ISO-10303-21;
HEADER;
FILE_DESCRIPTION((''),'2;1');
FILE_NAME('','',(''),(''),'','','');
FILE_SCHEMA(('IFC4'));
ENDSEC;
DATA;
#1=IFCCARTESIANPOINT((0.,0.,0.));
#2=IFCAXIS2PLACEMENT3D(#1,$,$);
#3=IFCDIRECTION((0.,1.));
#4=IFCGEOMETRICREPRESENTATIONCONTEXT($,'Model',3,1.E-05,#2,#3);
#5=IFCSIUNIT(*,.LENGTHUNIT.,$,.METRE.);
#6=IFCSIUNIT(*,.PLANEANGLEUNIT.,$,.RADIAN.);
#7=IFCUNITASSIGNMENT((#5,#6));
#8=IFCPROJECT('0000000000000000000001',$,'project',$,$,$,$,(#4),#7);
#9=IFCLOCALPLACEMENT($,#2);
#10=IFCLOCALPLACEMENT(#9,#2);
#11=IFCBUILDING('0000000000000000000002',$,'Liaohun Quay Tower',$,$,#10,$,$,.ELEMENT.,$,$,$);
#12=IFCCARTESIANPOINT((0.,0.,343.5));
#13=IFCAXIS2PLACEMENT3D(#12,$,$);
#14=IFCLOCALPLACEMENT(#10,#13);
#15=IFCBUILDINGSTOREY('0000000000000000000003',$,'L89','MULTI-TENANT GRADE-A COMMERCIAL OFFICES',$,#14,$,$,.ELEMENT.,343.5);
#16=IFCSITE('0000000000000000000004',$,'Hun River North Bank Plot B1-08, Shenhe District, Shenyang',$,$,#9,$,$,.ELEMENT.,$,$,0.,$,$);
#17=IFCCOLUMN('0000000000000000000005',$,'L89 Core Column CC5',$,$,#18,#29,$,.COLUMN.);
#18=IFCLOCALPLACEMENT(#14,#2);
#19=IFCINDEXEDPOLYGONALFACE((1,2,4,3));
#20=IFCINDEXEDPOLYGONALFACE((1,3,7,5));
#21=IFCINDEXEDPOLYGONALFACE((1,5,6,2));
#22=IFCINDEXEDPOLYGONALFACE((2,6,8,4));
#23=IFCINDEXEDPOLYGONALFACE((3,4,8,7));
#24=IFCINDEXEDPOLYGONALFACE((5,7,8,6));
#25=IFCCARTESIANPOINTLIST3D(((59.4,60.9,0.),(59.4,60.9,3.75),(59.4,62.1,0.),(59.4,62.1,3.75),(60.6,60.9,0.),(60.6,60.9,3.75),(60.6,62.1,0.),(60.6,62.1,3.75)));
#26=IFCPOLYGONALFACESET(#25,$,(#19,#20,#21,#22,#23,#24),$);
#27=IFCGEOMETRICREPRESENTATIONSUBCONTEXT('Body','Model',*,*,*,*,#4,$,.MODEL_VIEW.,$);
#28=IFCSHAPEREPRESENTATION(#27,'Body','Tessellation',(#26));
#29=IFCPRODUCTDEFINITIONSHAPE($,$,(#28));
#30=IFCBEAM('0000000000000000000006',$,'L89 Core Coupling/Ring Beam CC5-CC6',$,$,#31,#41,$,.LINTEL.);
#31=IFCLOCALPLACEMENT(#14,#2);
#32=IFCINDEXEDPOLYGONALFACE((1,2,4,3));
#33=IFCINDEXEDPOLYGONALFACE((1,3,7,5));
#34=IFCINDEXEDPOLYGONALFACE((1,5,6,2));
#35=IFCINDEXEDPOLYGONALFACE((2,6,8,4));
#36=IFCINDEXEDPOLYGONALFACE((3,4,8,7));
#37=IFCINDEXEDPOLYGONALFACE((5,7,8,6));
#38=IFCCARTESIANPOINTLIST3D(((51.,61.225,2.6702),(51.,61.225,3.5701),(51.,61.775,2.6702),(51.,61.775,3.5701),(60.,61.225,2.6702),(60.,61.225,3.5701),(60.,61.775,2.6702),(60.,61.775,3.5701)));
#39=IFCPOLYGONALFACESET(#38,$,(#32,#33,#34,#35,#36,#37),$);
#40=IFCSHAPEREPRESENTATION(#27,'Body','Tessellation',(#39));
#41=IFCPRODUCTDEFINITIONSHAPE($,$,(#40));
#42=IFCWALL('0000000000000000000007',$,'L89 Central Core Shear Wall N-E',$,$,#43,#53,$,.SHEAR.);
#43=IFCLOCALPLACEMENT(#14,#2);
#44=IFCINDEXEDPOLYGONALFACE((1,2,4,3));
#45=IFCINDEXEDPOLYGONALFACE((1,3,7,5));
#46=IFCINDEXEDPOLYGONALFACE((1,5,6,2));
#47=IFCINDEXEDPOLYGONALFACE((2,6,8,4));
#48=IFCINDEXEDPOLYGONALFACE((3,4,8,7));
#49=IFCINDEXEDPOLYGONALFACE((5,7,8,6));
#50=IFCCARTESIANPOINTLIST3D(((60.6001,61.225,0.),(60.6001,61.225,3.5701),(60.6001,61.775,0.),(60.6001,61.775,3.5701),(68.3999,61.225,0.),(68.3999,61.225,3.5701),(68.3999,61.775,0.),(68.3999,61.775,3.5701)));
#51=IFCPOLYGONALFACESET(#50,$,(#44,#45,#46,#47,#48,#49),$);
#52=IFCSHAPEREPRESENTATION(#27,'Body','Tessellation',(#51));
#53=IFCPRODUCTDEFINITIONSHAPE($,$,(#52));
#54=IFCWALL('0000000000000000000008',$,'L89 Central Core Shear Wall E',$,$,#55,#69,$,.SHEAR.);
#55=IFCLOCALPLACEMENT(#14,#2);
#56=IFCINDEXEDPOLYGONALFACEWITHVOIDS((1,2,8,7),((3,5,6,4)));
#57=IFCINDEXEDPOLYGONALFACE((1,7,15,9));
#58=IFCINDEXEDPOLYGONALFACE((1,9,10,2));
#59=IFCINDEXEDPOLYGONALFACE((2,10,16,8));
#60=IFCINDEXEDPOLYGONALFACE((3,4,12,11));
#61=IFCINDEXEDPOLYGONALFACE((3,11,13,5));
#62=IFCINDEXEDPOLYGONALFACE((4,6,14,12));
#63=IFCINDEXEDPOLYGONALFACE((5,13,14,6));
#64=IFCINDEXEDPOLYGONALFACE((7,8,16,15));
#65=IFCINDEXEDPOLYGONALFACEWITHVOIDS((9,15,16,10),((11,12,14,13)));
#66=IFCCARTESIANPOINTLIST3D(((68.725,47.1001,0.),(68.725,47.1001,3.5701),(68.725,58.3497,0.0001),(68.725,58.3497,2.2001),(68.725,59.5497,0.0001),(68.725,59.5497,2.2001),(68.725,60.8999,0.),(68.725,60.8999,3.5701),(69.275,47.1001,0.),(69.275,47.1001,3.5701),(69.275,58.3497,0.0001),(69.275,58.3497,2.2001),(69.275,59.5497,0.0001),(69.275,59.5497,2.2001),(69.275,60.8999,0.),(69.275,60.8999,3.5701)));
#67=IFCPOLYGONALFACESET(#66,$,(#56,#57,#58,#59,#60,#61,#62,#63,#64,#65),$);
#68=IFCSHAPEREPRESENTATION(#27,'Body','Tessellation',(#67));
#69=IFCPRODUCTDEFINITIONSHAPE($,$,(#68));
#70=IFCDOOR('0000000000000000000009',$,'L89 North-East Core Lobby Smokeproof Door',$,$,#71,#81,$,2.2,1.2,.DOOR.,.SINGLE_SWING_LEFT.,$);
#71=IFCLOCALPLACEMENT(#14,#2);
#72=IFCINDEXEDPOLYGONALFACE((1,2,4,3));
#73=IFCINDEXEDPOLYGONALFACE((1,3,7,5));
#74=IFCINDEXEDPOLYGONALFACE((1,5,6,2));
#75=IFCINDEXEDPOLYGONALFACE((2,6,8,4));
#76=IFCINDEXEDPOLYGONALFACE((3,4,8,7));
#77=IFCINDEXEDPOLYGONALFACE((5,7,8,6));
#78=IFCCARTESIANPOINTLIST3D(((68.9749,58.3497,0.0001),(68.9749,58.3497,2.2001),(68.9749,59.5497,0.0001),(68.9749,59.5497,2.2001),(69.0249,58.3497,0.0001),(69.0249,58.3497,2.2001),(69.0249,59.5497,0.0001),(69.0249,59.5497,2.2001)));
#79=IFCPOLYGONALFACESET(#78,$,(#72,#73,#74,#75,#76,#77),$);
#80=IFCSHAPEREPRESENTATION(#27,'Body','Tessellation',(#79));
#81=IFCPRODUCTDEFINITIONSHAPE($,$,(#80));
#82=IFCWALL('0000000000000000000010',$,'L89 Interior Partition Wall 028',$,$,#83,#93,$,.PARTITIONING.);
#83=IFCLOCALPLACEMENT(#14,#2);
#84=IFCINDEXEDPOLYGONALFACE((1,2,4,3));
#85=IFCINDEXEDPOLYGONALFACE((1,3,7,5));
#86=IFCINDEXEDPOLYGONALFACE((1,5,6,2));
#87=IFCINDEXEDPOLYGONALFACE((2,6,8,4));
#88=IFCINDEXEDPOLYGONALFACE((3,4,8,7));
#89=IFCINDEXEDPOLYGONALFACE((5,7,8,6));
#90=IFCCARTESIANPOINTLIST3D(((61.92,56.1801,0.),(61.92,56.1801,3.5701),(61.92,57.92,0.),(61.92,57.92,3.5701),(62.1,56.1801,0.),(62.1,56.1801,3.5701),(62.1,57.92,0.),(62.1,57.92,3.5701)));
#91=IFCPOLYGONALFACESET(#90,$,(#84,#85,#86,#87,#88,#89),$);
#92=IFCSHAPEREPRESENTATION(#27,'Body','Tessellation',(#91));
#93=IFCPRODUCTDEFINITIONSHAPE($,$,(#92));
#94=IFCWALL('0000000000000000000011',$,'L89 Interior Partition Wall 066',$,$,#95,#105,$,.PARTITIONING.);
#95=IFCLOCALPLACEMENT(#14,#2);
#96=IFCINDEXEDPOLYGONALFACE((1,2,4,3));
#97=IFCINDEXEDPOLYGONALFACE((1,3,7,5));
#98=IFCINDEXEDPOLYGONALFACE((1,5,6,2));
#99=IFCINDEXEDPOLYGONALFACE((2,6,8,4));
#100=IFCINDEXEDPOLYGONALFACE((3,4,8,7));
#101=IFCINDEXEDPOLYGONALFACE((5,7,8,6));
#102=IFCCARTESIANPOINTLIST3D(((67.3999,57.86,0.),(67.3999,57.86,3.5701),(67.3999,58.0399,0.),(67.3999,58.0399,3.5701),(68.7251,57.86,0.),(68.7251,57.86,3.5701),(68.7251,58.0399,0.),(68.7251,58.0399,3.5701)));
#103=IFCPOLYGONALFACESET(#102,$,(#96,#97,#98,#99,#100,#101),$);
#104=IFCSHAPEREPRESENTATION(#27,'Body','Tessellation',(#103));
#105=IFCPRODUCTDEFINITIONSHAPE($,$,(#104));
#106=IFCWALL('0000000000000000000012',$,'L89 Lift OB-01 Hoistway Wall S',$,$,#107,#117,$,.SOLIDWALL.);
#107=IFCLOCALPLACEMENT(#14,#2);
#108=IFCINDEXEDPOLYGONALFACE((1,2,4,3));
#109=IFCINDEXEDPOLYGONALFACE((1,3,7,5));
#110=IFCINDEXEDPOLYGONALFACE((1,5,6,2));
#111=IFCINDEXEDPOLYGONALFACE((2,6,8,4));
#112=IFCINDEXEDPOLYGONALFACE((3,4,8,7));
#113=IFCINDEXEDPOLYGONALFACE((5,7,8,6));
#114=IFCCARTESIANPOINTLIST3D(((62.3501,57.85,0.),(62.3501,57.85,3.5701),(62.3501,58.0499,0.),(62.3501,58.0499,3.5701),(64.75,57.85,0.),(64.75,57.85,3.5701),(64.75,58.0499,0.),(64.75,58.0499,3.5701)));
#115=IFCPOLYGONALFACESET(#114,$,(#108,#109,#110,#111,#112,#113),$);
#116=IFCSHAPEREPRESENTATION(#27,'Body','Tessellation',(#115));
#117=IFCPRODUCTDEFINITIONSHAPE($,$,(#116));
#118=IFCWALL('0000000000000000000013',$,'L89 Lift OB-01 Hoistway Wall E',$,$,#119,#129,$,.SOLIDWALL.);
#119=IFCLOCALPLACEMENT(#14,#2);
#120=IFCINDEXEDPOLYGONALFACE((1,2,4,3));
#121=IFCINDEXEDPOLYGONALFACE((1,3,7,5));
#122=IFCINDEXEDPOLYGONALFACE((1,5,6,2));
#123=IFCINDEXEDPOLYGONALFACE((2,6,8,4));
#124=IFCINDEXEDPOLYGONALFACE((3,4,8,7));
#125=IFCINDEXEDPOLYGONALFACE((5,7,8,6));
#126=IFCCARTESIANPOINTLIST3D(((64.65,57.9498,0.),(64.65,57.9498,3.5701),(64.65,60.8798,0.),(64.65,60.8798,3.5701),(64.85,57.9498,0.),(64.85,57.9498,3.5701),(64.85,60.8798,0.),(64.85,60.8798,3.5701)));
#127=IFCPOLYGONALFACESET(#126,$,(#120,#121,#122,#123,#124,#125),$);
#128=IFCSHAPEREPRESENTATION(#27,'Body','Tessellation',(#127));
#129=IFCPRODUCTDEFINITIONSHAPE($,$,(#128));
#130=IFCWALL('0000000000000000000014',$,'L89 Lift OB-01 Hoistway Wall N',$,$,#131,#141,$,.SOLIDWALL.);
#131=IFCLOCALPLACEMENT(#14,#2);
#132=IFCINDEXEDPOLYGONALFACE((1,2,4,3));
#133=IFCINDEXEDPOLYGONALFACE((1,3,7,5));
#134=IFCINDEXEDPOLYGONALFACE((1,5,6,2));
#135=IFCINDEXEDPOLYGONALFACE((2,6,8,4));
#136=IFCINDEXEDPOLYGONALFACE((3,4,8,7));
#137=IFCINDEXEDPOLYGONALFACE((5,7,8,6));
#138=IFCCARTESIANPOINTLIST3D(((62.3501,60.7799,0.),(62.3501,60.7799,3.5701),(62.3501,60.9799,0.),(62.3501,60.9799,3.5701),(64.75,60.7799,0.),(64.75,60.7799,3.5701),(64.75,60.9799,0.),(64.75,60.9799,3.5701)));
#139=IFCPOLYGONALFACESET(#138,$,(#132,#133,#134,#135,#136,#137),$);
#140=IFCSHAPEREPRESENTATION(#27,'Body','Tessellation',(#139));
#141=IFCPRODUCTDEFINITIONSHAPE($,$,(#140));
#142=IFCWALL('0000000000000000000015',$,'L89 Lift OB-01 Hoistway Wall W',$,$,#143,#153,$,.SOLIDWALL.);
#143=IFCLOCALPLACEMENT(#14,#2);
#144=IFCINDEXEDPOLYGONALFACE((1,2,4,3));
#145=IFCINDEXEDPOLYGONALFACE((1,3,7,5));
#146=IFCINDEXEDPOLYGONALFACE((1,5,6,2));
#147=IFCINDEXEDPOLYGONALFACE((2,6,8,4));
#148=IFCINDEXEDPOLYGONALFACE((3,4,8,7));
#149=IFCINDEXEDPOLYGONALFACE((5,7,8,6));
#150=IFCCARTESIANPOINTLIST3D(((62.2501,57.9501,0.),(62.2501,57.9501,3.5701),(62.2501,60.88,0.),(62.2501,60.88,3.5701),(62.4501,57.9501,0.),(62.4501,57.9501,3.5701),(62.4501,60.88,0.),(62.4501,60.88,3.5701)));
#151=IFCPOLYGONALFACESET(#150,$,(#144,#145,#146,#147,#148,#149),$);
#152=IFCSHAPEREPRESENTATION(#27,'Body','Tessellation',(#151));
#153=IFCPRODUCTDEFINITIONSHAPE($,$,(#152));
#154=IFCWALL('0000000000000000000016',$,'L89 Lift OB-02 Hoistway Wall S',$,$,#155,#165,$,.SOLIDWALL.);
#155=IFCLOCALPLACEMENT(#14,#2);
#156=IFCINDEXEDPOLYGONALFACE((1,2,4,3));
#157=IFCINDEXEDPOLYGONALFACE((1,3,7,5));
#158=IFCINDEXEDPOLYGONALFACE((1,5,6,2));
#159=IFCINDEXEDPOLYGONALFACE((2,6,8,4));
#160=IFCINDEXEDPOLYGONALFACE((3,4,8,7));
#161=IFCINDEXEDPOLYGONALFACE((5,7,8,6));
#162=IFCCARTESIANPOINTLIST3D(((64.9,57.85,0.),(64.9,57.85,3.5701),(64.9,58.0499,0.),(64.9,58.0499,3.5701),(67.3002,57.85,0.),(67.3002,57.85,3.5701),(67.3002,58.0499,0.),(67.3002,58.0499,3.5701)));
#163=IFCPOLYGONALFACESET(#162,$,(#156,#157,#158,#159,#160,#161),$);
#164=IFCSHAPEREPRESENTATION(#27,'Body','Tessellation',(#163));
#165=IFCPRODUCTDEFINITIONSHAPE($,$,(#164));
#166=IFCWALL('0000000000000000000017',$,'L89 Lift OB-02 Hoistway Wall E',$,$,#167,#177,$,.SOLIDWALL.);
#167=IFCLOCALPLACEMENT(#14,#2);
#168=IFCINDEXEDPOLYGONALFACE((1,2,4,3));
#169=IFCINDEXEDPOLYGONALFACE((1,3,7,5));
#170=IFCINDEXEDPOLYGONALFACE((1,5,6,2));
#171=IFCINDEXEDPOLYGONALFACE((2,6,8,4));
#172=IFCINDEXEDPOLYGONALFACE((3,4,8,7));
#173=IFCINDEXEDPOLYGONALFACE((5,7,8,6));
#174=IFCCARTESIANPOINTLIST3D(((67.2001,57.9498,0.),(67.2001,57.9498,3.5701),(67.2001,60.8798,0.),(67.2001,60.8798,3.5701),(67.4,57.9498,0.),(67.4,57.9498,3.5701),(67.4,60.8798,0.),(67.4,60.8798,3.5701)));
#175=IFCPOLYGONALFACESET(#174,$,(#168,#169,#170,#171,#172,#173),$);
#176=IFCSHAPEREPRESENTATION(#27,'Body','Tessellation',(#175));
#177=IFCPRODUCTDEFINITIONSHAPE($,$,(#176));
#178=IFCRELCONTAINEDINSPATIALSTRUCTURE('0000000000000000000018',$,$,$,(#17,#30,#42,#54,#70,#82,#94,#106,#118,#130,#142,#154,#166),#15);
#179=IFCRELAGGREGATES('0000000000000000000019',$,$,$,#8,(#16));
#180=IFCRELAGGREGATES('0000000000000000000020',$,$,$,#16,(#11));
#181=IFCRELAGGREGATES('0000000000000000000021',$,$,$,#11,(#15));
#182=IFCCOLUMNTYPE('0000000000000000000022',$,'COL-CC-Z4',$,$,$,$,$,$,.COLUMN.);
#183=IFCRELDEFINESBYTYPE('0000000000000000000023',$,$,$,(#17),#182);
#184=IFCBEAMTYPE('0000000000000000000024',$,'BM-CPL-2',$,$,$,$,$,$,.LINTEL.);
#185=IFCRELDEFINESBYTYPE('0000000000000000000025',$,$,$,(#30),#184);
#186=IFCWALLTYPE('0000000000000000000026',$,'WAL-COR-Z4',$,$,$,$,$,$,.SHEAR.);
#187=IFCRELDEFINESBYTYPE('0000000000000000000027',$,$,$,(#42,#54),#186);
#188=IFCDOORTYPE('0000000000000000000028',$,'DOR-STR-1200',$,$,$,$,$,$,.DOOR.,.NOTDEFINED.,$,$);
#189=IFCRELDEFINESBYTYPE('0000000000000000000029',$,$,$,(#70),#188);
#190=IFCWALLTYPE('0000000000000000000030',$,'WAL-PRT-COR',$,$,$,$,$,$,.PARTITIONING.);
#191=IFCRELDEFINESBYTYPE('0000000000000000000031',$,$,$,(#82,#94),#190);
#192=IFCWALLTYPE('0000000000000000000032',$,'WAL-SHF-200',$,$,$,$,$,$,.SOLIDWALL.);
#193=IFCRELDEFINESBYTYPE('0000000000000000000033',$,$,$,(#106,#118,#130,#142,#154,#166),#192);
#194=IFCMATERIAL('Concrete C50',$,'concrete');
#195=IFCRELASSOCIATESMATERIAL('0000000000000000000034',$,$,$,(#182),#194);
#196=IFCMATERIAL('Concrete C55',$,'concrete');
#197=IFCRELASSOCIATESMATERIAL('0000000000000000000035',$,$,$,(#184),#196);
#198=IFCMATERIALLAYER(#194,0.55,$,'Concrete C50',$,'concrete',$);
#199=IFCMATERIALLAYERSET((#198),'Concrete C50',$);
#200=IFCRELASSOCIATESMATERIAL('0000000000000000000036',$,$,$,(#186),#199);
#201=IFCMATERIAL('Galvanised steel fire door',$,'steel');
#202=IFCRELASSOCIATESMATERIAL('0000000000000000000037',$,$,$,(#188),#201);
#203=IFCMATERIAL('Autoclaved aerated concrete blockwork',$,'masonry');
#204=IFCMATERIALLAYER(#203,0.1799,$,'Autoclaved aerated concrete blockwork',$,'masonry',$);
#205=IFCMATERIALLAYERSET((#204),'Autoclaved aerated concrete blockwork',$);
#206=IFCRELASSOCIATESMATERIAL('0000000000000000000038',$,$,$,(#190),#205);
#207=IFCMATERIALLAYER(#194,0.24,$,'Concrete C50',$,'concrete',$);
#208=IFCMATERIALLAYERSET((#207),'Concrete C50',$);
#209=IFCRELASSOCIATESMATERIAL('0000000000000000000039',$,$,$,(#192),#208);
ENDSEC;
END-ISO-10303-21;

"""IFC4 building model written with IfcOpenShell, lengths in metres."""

from ifc_helpers import new_model, si_unit, direction, frame, frame_2d, origin, origin_2d, place, context, subcontext, project, spatial, rectangle, extrude, source, transform, mapped, material, layer, layer_set, material_profile, profile_set, type_object, element, fill, save


model = new_model("IFC4")

# Units and contexts
model_context = context("Model", 3, precision=1e-05, world=origin(), true_north=direction((0.0, 1.0)))
body_context = subcontext(model_context, "Body", "Model", "MODEL_VIEW")
ifc_project = project(units=[si_unit("LENGTHUNIT", "METRE"), si_unit("PLANEANGLEUNIT", "RADIAN")], contexts=[model_context])

# Site, building, storey
site_placement = place(None, origin())
site = spatial("IfcSite", under=ifc_project, at=site_placement, Name="Hun River North Bank Plot B1-08, Shenhe District, Shenyang", CompositionType="ELEMENT", RefElevation=0.0)
building_placement = place(site_placement, origin())
building = spatial("IfcBuilding", under=site, at=building_placement, Name="Liaohun Quay Tower", CompositionType="ELEMENT")
storey_placement = place(building_placement, frame((0.0, 0.0, 343.5)))
storey = spatial("IfcBuildingStorey", under=building, at=storey_placement, Name="L89", Description="MULTI-TENANT GRADE-A COMMERCIAL OFFICES", CompositionType="ELEMENT", Elevation=343.5)

# Column
ifc_material_1 = material(Name="Concrete C50", Category="concrete")
ifc_material_profile_1 = material_profile(ifc_material_1, rectangle(XDim=1.2, YDim=1.2, at=origin_2d()), Name="RC1200x1200")
ifc_profile_set_1 = profile_set([ifc_material_profile_1], Name="Concrete C50")
column_type = type_object("IfcColumnType", Name="COL-CC-Z4", PredefinedType="COLUMN", material=ifc_profile_set_1)
shared_shape_1 = source(origin(), body_context, "Body", "SweptSolid", [
    extrude(rectangle(XDim=1.2, YDim=1.2, at=origin_2d()), origin(), (0.0, 0.0, 1.0), 3.75),
])
column_placement = place(storey_placement, frame((60.0, 61.5, 0.0), z_axis=(0.0, 0.0, 1.0), x_axis=(1.0, 0.0, 0.0)))
element("IfcColumn", 1, at=column_placement, inside=storey, type_object=column_type, Name="L89 Core Column CC5", PredefinedType="COLUMN", context=body_context, shape_type="MappedRepresentation", body=[
    mapped(shared_shape_1, transform((0.0, 0.0, 0.0), x_axis=(1.0, 0.0, 0.0), y_axis=(0.0, 1.0, 0.0), z_axis=(0.0, 0.0, 1.0), scale=1.0)),
])

# Beam
ifc_material_2 = material(Name="Concrete C55", Category="concrete")
ifc_material_profile_2 = material_profile(ifc_material_2, rectangle(XDim=0.55, YDim=0.8999, at=origin_2d()), Name="RC550x900")
ifc_profile_set_2 = profile_set([ifc_material_profile_2], Name="Concrete C55")
beam_type = type_object("IfcBeamType", Name="BM-CPL-2", PredefinedType="LINTEL", material=ifc_profile_set_2)
shared_shape_2 = source(origin(), body_context, "Body", "SweptSolid", [
    extrude(rectangle(XDim=0.55, YDim=0.8999, at=origin_2d()), origin(), (0.0, 0.0, 1.0), 9.0),
])
beam_placement = place(storey_placement, frame((60.0, 61.5, 3.1201), z_axis=(-1.0, 0.0, 0.0), x_axis=(0.0, -1.0, 0.0)))
element("IfcBeam", 2, at=beam_placement, inside=storey, type_object=beam_type, Name="L89 Core Coupling/Ring Beam CC5-CC6", PredefinedType="LINTEL", context=body_context, shape_type="MappedRepresentation", body=[
    mapped(shared_shape_2, transform((0.0, 0.0, 0.0), x_axis=(1.0, 0.0, 0.0), y_axis=(0.0, 1.0, 0.0), z_axis=(0.0, 0.0, 1.0), scale=1.0)),
])

# Wall
ifc_layer_1 = layer(ifc_material_1, 0.55, Name="Concrete C50", Category="concrete")
ifc_layer_set_1 = layer_set([ifc_layer_1], Name="Concrete C50")
wall_type_1 = type_object("IfcWallType", Name="WAL-COR-Z4", PredefinedType="SHEAR", material=ifc_layer_set_1)
wall_1_placement = place(storey_placement, frame((60.6001, 61.5, 0.0), z_axis=(0.0, 0.0, 1.0), x_axis=(1.0, 0.0, 0.0)))
element("IfcWall", 3, at=wall_1_placement, inside=storey, type_object=wall_type_1, Name="L89 Central Core Shear Wall N-E", PredefinedType="SHEAR", context=body_context, shape_type="SweptSolid", body=[
    extrude(rectangle(XDim=7.7998, YDim=0.55, at=frame_2d((3.8999, 0.0))), origin(), (0.0, 0.0, 1.0), 3.5701),
])

# Wall, opening, door
wall_2_placement = place(storey_placement, frame((69.0, 60.8999, 0.0), z_axis=(0.0, 0.0, 1.0), x_axis=(0.0, -1.0, 0.0)))
wall_2 = element("IfcWall", 4, at=wall_2_placement, inside=storey, type_object=wall_type_1, Name="L89 Central Core Shear Wall E", PredefinedType="SHEAR", context=body_context, shape_type="SweptSolid", body=[
    extrude(rectangle(XDim=13.7998, YDim=0.55, at=frame_2d((6.8999, 0.0))), origin(), (0.0, 0.0, 1.0), 3.5701),
])
shared_shape_3 = source(origin(), body_context, "Body", "SweptSolid", [
    extrude(rectangle(XDim=1.2, YDim=2.2, at=frame_2d((0.6001, 1.1001))), frame((0.0, 0.2849, 0.0), z_axis=(0.0, -1.0, 0.0), x_axis=(1.0, 0.0, 0.0)), (0.0, 0.0, 1.0), 0.5701),
])
opening_placement = place(wall_2_placement, frame((1.3501, 0.0, 0.0)))
opening = element("IfcOpeningElement", 5, at=opening_placement, cuts=wall_2, PredefinedType="OPENING", context=body_context, shape_type="MappedRepresentation", body=[
    mapped(shared_shape_3, transform((0.0, 0.0, 0.0), x_axis=(1.0, 0.0, 0.0), y_axis=(0.0, 1.0, 0.0), z_axis=(0.0, 0.0, 1.0), scale=1.0)),
])
ifc_material_3 = material(Name="Galvanised steel fire door", Category="steel")
door_type = type_object("IfcDoorType", Name="DOR-STR-1200", OperationType="NOTDEFINED", PredefinedType="DOOR", material=ifc_material_3)
shared_shape_4 = source(origin(), body_context, "Body", "SweptSolid", [
    extrude(rectangle(XDim=1.2, YDim=2.2, at=frame_2d((0.6001, 1.1001))), frame((0.0, 0.0249, 0.0), z_axis=(0.0, -1.0, 0.0), x_axis=(1.0, 0.0, 0.0)), (0.0, 0.0, 1.0), 0.05),
])
door_placement = place(opening_placement, origin())
door = element("IfcDoor", 6, at=door_placement, inside=storey, type_object=door_type, Name="L89 North-East Core Lobby Smokeproof Door", OperationType="SINGLE_SWING_LEFT", OverallHeight=2.2, OverallWidth=1.2, PredefinedType="DOOR", context=body_context, shape_type="MappedRepresentation", body=[
    mapped(shared_shape_4, transform((0.0, 0.0, 0.0), x_axis=(1.0, 0.0, 0.0), y_axis=(0.0, 1.0, 0.0), z_axis=(0.0, 0.0, 1.0), scale=1.0)),
])
fill(opening, door)

# Walls
ifc_material_4 = material(Name="Autoclaved aerated concrete blockwork", Category="masonry")
ifc_layer_2 = layer(ifc_material_4, 0.1799, Name="Autoclaved aerated concrete blockwork", Category="masonry")
ifc_layer_set_2 = layer_set([ifc_layer_2], Name="Autoclaved aerated concrete blockwork")
wall_type_2 = type_object("IfcWallType", Name="WAL-PRT-COR", PredefinedType="PARTITIONING", material=ifc_layer_set_2)
wall_3_placement = place(storey_placement, frame((62.01, 56.1799, 0.0), z_axis=(0.0, 0.0, 1.0), x_axis=(0.0, 1.0, 0.0)))
element("IfcWall", 7, at=wall_3_placement, inside=storey, type_object=wall_type_2, Name="L89 Interior Partition Wall 028", PredefinedType="PARTITIONING", context=body_context, shape_type="SweptSolid", body=[
    extrude(rectangle(XDim=1.74, YDim=0.1799, at=frame_2d((0.8701, 0.0))), origin(), (0.0, 0.0, 1.0), 3.5701),
])
wall_4_placement = place(storey_placement, frame((67.3999, 57.95, 0.0), z_axis=(0.0, 0.0, 1.0), x_axis=(1.0, 0.0, 0.0)))
element("IfcWall", 8, at=wall_4_placement, inside=storey, type_object=wall_type_2, Name="L89 Interior Partition Wall 066", PredefinedType="PARTITIONING", context=body_context, shape_type="SweptSolid", body=[
    extrude(rectangle(XDim=1.3252, YDim=0.1799, at=frame_2d((0.6626, 0.0))), origin(), (0.0, 0.0, 1.0), 3.5701),
])
ifc_layer_3 = layer(ifc_material_1, 0.24, Name="Concrete C50", Category="concrete")
ifc_layer_set_3 = layer_set([ifc_layer_3], Name="Concrete C50")
wall_type_3 = type_object("IfcWallType", Name="WAL-SHF-200", PredefinedType="SOLIDWALL", material=ifc_layer_set_3)
wall_5_placement = place(storey_placement, frame((62.3501, 57.95, 0.0), z_axis=(0.0, 0.0, 1.0), x_axis=(1.0, 0.0, 0.0)))
element("IfcWall", 9, at=wall_5_placement, inside=storey, type_object=wall_type_3, Name="L89 Lift OB-01 Hoistway Wall S", PredefinedType="SOLIDWALL", context=body_context, shape_type="SweptSolid", body=[
    extrude(rectangle(XDim=2.3999, YDim=0.2, at=frame_2d((1.2, 0.0))), origin(), (0.0, 0.0, 1.0), 3.5701),
])
wall_6_placement = place(storey_placement, frame((64.75, 57.95, 0.0), z_axis=(0.0, 0.0, 1.0), x_axis=(0.0, 1.0, 0.0)))
element("IfcWall", 10, at=wall_6_placement, inside=storey, type_object=wall_type_3, Name="L89 Lift OB-01 Hoistway Wall E", PredefinedType="SOLIDWALL", context=body_context, shape_type="SweptSolid", body=[
    extrude(rectangle(XDim=2.9299, YDim=0.2, at=frame_2d((1.4648, 0.0))), origin(), (0.0, 0.0, 1.0), 3.5701),
])
wall_7_placement = place(storey_placement, frame((64.75, 60.8799, 0.0), z_axis=(0.0, 0.0, 1.0), x_axis=(-1.0, 0.0, 0.0)))
element("IfcWall", 11, at=wall_7_placement, inside=storey, type_object=wall_type_3, Name="L89 Lift OB-01 Hoistway Wall N", PredefinedType="SOLIDWALL", context=body_context, shape_type="SweptSolid", body=[
    extrude(rectangle(XDim=2.3999, YDim=0.2, at=frame_2d((1.2, 0.0))), origin(), (0.0, 0.0, 1.0), 3.5701),
])
wall_8_placement = place(storey_placement, frame((62.3501, 60.8799, 0.0), z_axis=(0.0, 0.0, 1.0), x_axis=(0.0, -1.0, 0.0)))
element("IfcWall", 12, at=wall_8_placement, inside=storey, type_object=wall_type_3, Name="L89 Lift OB-01 Hoistway Wall W", PredefinedType="SOLIDWALL", context=body_context, shape_type="SweptSolid", body=[
    extrude(rectangle(XDim=2.9299, YDim=0.2, at=frame_2d((1.4648, 0.0))), origin(), (0.0, 0.0, 1.0), 3.5701),
])
wall_9_placement = place(storey_placement, frame((64.8999, 57.95, 0.0), z_axis=(0.0, 0.0, 1.0), x_axis=(1.0, 0.0, 0.0)))
element("IfcWall", 13, at=wall_9_placement, inside=storey, type_object=wall_type_3, Name="L89 Lift OB-02 Hoistway Wall S", PredefinedType="SOLIDWALL", context=body_context, shape_type="SweptSolid", body=[
    extrude(rectangle(XDim=2.4001, YDim=0.2, at=frame_2d((1.2002, 0.0))), origin(), (0.0, 0.0, 1.0), 3.5701),
])
wall_10_placement = place(storey_placement, frame((67.3, 57.95, 0.0), z_axis=(0.0, 0.0, 1.0), x_axis=(0.0, 1.0, 0.0)))
element("IfcWall", 14, at=wall_10_placement, inside=storey, type_object=wall_type_3, Name="L89 Lift OB-02 Hoistway Wall E", PredefinedType="SOLIDWALL", context=body_context, shape_type="SweptSolid", body=[
    extrude(rectangle(XDim=2.9299, YDim=0.2, at=frame_2d((1.4648, 0.0))), origin(), (0.0, 0.0, 1.0), 3.5701),
])

save(model, "model.ifc")
